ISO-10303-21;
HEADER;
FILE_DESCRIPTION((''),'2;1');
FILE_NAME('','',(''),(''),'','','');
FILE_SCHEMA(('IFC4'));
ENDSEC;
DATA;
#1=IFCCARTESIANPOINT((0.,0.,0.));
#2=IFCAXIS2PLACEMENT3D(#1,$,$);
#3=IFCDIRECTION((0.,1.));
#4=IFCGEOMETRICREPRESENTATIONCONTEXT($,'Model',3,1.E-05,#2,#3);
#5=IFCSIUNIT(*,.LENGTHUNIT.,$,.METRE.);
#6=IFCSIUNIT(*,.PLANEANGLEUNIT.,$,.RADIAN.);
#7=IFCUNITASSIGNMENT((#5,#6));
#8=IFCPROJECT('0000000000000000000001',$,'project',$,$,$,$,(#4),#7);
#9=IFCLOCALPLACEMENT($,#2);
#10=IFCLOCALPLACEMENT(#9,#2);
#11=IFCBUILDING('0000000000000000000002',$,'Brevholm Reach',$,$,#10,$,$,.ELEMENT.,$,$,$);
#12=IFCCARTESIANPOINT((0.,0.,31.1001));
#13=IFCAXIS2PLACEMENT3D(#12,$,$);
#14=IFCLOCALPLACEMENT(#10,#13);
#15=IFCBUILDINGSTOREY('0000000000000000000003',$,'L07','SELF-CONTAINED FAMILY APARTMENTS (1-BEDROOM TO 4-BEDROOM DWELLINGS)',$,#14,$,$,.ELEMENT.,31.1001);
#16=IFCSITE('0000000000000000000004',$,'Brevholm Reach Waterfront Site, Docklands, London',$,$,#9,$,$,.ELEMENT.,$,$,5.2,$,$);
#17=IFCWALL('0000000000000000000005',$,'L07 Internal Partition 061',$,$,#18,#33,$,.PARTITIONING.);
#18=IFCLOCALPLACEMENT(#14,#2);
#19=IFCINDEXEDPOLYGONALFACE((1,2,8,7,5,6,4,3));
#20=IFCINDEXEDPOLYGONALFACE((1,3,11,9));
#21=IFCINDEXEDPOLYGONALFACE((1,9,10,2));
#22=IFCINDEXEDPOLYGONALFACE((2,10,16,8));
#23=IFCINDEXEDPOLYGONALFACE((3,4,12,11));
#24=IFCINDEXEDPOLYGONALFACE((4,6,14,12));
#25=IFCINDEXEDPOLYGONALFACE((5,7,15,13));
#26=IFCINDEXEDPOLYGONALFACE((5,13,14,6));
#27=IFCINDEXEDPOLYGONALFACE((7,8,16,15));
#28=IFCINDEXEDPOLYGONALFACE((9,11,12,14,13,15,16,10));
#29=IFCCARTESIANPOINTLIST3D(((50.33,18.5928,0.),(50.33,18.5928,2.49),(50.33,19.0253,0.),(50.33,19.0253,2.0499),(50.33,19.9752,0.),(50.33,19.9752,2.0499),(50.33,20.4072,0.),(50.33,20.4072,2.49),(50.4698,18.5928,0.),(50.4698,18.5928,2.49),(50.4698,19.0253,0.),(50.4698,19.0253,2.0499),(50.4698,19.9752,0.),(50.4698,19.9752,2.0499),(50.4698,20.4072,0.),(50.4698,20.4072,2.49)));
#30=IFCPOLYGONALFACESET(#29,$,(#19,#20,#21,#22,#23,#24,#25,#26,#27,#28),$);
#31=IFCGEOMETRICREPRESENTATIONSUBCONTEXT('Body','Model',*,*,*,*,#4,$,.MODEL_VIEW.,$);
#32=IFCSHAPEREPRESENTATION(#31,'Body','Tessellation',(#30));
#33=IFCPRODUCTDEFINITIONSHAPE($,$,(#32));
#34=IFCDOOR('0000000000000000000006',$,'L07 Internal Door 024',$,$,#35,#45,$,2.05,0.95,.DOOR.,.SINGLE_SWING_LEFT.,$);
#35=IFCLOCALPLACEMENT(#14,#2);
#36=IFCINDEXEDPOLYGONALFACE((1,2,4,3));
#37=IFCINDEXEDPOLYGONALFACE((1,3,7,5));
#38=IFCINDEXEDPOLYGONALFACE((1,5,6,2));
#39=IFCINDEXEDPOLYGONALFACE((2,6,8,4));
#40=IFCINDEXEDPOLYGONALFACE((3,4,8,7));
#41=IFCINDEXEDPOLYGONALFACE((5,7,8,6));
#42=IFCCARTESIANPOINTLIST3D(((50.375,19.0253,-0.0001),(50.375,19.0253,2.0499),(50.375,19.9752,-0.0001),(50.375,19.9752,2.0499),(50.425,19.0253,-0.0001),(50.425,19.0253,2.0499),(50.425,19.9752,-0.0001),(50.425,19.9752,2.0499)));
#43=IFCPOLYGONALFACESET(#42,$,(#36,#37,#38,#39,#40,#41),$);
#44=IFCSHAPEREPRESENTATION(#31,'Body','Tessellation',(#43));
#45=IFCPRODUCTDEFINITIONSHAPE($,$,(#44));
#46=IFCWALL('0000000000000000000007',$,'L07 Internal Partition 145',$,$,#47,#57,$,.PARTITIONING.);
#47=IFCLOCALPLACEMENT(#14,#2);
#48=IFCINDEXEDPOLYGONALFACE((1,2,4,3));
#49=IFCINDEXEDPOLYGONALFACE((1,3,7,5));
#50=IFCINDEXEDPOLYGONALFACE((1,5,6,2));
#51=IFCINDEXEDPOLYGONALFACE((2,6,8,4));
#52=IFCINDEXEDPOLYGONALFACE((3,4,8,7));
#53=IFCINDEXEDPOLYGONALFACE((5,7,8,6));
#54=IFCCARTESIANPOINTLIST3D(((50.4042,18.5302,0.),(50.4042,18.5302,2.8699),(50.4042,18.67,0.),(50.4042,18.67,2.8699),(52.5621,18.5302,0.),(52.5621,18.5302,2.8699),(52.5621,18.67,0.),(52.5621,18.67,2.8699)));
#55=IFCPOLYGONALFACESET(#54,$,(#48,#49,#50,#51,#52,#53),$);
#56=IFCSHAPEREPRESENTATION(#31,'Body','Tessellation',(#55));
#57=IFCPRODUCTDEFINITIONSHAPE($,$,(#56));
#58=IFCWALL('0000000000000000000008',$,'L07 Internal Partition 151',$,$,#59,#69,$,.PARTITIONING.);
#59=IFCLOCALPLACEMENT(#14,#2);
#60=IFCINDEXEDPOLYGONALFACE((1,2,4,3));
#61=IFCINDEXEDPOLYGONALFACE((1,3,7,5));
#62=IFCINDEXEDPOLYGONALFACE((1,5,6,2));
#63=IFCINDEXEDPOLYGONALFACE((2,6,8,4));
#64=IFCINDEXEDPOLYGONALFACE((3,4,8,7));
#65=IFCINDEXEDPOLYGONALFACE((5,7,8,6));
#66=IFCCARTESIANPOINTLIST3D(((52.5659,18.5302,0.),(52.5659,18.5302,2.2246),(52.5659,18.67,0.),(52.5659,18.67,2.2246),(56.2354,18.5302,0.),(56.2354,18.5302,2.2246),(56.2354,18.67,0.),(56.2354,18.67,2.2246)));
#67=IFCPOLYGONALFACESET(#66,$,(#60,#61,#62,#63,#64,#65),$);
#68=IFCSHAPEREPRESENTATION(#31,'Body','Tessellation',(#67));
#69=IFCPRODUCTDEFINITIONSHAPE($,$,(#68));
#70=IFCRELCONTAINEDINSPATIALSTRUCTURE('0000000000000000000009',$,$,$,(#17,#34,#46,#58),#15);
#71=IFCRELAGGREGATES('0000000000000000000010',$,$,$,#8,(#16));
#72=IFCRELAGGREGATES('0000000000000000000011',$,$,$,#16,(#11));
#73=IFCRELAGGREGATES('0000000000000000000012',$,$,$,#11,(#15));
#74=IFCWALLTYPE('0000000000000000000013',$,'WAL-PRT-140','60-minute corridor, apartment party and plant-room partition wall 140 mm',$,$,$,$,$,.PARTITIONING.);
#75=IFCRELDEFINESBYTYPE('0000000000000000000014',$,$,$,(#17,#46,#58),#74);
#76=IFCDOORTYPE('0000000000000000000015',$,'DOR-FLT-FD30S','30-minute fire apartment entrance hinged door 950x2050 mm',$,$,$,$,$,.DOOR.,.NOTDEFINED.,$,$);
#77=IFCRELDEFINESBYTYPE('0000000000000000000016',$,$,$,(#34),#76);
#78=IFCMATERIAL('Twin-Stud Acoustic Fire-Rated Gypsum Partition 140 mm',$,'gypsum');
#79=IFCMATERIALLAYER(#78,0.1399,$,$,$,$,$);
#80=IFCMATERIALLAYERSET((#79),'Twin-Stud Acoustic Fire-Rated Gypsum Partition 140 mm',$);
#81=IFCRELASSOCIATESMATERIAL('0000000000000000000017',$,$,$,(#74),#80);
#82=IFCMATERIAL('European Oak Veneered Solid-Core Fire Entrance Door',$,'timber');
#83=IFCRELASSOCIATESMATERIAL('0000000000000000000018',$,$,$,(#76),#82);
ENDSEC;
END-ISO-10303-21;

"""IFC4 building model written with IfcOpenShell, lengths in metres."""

from ifc_helpers import new_model, si_unit, direction, frame, frame_2d, origin, place, context, subcontext, project, spatial, rectangle, extrude, material, layer, layer_set, type_object, element, fill, save


model = new_model("IFC4")

# Units and contexts
model_context = context("Model", 3, precision=1e-05, world=origin(), true_north=direction((0.0, 1.0)))
body_context = subcontext(model_context, "Body", "Model", "MODEL_VIEW")
ifc_project = project(units=[si_unit("LENGTHUNIT", "METRE"), si_unit("PLANEANGLEUNIT", "RADIAN")], contexts=[model_context])

# Site, building, storey
site_placement = place(None, origin())
site = spatial("IfcSite", under=ifc_project, at=site_placement, Name="Brevholm Reach Waterfront Site, Docklands, London", CompositionType="ELEMENT", RefElevation=5.2)
building_placement = place(site_placement, origin())
building = spatial("IfcBuilding", under=site, at=building_placement, Name="Brevholm Reach", CompositionType="ELEMENT")
storey_placement = place(building_placement, frame((0.0, 0.0, 31.1001)))
storey = spatial("IfcBuildingStorey", under=building, at=storey_placement, Name="L07", Description="SELF-CONTAINED FAMILY APARTMENTS (1-BEDROOM TO 4-BEDROOM DWELLINGS)", CompositionType="ELEMENT", Elevation=31.1001)

# Shared definitions
ifc_material_1 = material(Name="Twin-Stud Acoustic Fire-Rated Gypsum Partition 140 mm", Category="gypsum")
ifc_layer_1 = layer(ifc_material_1, 0.1399)
ifc_layer_set_1 = layer_set([ifc_layer_1], Name="Twin-Stud Acoustic Fire-Rated Gypsum Partition 140 mm")
wall_type_1 = type_object("IfcWallType", Name="WAL-PRT-140", Description="60-minute corridor, apartment party and plant-room partition wall 140 mm", PredefinedType="PARTITIONING", material=ifc_layer_set_1)

# Shared definitions
ifc_material_2 = material(Name="European Oak Veneered Solid-Core Fire Entrance Door", Category="timber")
door_type_1 = type_object("IfcDoorType", Name="DOR-FLT-FD30S", Description="30-minute fire apartment entrance hinged door 950x2050 mm", OperationType="NOTDEFINED", PredefinedType="DOOR", material=ifc_material_2)

# Wall, opening, door
wall_1_placement = place(storey_placement, frame((50.3999, 18.5928, 0.0), z_axis=(0.0, 0.0, 1.0), x_axis=(0.0, 1.0, 0.0)))
wall_1 = element("IfcWall", 1, at=wall_1_placement, inside=storey, type_object=wall_type_1, Name="L07 Internal Partition 061", PredefinedType="PARTITIONING", context=body_context, shape_type="SweptSolid", body=[
    extrude(rectangle(XDim=1.8145, YDim=0.1399, at=frame_2d((0.9072, 0.0))), origin(), (0.0, 0.0, 1.0), 2.49),
])
opening_1_placement = place(wall_1_placement, frame((0.4324, 0.0, 0.0)))
opening_1 = element("IfcOpeningElement", 2, at=opening_1_placement, cuts=wall_1, PredefinedType="OPENING", context=body_context, shape_type="SweptSolid", body=[
    extrude(rectangle(XDim=0.95, YDim=2.05, at=frame_2d((0.4751, 1.0249))), frame((0.0, 0.0798, 0.0), z_axis=(0.0, -1.0, 0.0), x_axis=(1.0, 0.0, 0.0)), (0.0, 0.0, 1.0), 0.1599),
])
door_1_placement = place(opening_1_placement, origin())
door_1 = element("IfcDoor", 3, at=door_1_placement, inside=storey, type_object=door_type_1, Name="L07 Internal Door 024", OperationType="SINGLE_SWING_LEFT", OverallHeight=2.05, OverallWidth=0.95, PredefinedType="DOOR", context=body_context, shape_type="SweptSolid", body=[
    extrude(rectangle(XDim=0.95, YDim=2.05, at=frame_2d((0.4751, 1.0249))), frame((0.0, 0.0249, 0.0), z_axis=(0.0, -1.0, 0.0), x_axis=(1.0, 0.0, 0.0)), (0.0, 0.0, 1.0), 0.05),
])
fill(opening_1, door_1)

# Walls
wall_2_placement = place(storey_placement, frame((50.4041, 18.6001, 0.0), z_axis=(0.0, 0.0, 1.0), x_axis=(1.0, 0.0, 0.0)))
element("IfcWall", 4, at=wall_2_placement, inside=storey, type_object=wall_type_1, Name="L07 Internal Partition 145", PredefinedType="PARTITIONING", context=body_context, shape_type="SweptSolid", body=[
    extrude(rectangle(XDim=2.158, YDim=0.1399, at=frame_2d((1.0791, 0.0))), origin(), (0.0, 0.0, 1.0), 2.8699),
])
wall_3_placement = place(storey_placement, frame((52.5659, 18.6001, 0.0), z_axis=(0.0, 0.0, 1.0), x_axis=(1.0, 0.0, 0.0)))
element("IfcWall", 5, at=wall_3_placement, inside=storey, type_object=wall_type_1, Name="L07 Internal Partition 151", PredefinedType="PARTITIONING", context=body_context, shape_type="SweptSolid", body=[
    extrude(rectangle(XDim=3.6694, YDim=0.1399, at=frame_2d((1.8347, 0.0))), origin(), (0.0, 0.0, 1.0), 2.2246),
])

save(model, "model.ifc")
